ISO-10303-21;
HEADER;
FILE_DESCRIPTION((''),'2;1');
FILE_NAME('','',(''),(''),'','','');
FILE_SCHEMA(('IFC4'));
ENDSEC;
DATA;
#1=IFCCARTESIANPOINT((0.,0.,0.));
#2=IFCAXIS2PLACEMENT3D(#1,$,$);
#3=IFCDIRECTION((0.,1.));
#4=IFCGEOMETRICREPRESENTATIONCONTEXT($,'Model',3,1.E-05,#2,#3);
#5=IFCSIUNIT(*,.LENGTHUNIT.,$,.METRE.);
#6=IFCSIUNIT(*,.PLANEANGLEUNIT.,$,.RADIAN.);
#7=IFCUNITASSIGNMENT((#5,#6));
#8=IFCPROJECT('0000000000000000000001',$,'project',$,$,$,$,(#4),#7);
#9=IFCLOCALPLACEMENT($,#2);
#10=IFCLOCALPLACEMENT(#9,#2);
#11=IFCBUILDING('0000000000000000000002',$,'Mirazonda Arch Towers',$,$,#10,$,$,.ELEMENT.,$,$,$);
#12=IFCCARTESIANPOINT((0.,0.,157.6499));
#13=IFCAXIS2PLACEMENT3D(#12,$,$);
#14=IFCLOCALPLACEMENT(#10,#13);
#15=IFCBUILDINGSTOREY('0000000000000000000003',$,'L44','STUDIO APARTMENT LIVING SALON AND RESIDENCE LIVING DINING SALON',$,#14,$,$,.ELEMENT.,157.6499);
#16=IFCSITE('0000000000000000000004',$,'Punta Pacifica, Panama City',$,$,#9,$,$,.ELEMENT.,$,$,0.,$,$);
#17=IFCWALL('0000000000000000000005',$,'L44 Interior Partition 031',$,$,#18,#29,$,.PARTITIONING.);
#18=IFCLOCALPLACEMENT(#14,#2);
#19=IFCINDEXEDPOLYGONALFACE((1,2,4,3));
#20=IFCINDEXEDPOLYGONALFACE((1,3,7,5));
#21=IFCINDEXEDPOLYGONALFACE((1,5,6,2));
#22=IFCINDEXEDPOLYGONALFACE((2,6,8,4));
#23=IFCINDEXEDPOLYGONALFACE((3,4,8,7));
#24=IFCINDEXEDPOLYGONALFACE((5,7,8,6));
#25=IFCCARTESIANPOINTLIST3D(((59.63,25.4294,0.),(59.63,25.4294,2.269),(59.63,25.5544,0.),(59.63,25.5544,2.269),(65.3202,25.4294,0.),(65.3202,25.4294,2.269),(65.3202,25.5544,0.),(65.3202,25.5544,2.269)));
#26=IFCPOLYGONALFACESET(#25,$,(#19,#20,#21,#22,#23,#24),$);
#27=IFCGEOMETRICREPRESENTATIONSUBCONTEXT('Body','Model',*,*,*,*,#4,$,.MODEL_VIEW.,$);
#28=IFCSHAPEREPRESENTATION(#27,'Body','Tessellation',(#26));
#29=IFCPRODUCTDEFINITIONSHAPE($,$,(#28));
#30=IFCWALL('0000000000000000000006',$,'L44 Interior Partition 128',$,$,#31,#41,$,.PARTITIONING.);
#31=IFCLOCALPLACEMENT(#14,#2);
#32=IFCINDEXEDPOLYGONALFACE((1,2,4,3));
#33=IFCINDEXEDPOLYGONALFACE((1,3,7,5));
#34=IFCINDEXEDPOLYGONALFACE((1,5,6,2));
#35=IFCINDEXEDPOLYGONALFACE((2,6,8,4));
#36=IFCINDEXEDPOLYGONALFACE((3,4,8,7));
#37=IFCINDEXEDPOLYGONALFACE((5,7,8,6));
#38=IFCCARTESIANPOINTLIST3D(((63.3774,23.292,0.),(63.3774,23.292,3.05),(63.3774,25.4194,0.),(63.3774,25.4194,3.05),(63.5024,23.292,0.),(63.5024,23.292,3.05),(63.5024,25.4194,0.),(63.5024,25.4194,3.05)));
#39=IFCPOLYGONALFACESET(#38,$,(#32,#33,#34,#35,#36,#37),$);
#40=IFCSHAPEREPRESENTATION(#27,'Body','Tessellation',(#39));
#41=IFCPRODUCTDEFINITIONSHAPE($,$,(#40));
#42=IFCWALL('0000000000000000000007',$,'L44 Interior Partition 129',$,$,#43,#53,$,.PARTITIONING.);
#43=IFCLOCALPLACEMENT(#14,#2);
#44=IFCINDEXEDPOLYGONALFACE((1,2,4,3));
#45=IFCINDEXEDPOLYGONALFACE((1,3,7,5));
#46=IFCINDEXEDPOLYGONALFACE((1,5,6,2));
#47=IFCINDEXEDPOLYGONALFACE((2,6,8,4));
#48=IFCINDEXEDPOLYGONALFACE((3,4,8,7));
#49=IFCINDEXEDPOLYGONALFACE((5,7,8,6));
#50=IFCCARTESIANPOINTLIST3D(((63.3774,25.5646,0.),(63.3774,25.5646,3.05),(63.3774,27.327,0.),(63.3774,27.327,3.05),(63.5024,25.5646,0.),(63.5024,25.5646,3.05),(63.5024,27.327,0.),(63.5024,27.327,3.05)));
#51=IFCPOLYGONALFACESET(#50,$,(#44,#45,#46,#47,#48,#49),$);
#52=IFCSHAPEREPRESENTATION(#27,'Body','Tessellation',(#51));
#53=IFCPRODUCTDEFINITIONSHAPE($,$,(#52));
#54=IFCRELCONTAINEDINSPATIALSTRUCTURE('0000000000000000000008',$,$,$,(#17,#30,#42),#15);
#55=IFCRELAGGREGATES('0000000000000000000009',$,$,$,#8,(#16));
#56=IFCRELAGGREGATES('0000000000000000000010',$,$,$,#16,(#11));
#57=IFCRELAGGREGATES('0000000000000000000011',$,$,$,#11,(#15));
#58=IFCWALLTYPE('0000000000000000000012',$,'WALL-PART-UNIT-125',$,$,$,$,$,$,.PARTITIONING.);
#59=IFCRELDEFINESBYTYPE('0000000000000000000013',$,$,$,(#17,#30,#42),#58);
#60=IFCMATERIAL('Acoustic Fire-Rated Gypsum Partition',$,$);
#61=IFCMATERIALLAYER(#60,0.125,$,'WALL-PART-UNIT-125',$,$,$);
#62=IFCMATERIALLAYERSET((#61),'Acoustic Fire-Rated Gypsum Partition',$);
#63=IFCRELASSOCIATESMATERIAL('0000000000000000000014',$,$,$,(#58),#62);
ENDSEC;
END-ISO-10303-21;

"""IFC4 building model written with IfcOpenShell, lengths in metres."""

from ifc_helpers import new_model, si_unit, direction, frame, frame_2d, origin, place, context, subcontext, project, spatial, rectangle, extrude, material, layer, layer_set, type_object, element, save


model = new_model("IFC4")

# Units and contexts
model_context = context("Model", 3, precision=1e-05, world=origin(), true_north=direction((0.0, 1.0)))
body_context = subcontext(model_context, "Body", "Model", "MODEL_VIEW")
ifc_project = project(units=[si_unit("LENGTHUNIT", "METRE"), si_unit("PLANEANGLEUNIT", "RADIAN")], contexts=[model_context])

# Site, building, storey
site_placement = place(None, origin())
site = spatial("IfcSite", under=ifc_project, at=site_placement, Name="Punta Pacifica, Panama City", CompositionType="ELEMENT", RefElevation=0.0)
building_placement = place(site_placement, origin())
building = spatial("IfcBuilding", under=site, at=building_placement, Name="Mirazonda Arch Towers", CompositionType="ELEMENT")
storey_placement = place(building_placement, frame((0.0, 0.0, 157.6499)))
storey = spatial("IfcBuildingStorey", under=building, at=storey_placement, Name="L44", Description="STUDIO APARTMENT LIVING SALON AND RESIDENCE LIVING DINING SALON", CompositionType="ELEMENT", Elevation=157.6499)

# Walls
ifc_material_1 = material(Name="Acoustic Fire-Rated Gypsum Partition")
ifc_layer_1 = layer(ifc_material_1, 0.125, Name="WALL-PART-UNIT-125")
ifc_layer_set_1 = layer_set([ifc_layer_1], Name="Acoustic Fire-Rated Gypsum Partition")
wall_type_1 = type_object("IfcWallType", Name="WALL-PART-UNIT-125", PredefinedType="PARTITIONING", material=ifc_layer_set_1)
wall_1_placement = place(storey_placement, frame((59.6299, 25.4919, 0.0), z_axis=(0.0, 0.0, 1.0), x_axis=(1.0, 0.0, 0.0)))
element("IfcWall", 1, at=wall_1_placement, inside=storey, type_object=wall_type_1, Name="L44 Interior Partition 031", PredefinedType="PARTITIONING", context=body_context, shape_type="SweptSolid", body=[
    extrude(rectangle(XDim=5.6902, YDim=0.125, at=frame_2d((2.8452, 0.0))), origin(), (0.0, 0.0, 1.0), 2.269),
])
wall_2_placement = place(storey_placement, frame((63.4399, 23.292, 0.0), z_axis=(0.0, 0.0, 1.0), x_axis=(0.0, 1.0, 0.0)))
element("IfcWall", 2, at=wall_2_placement, inside=storey, type_object=wall_type_1, Name="L44 Interior Partition 128", PredefinedType="PARTITIONING", context=body_context, shape_type="SweptSolid", body=[
    extrude(rectangle(XDim=2.1274, YDim=0.125, at=frame_2d((1.0637, 0.0))), origin(), (0.0, 0.0, 1.0), 3.05),
])
wall_3_placement = place(storey_placement, frame((63.4399, 25.5645, 0.0), z_axis=(0.0, 0.0, 1.0), x_axis=(0.0, 1.0, 0.0)))
element("IfcWall", 3, at=wall_3_placement, inside=storey, type_object=wall_type_1, Name="L44 Interior Partition 129", PredefinedType="PARTITIONING", context=body_context, shape_type="SweptSolid", body=[
    extrude(rectangle(XDim=1.7625, YDim=0.125, at=frame_2d((0.8813, 0.0))), origin(), (0.0, 0.0, 1.0), 3.05),
])

save(model, "model.ifc")
